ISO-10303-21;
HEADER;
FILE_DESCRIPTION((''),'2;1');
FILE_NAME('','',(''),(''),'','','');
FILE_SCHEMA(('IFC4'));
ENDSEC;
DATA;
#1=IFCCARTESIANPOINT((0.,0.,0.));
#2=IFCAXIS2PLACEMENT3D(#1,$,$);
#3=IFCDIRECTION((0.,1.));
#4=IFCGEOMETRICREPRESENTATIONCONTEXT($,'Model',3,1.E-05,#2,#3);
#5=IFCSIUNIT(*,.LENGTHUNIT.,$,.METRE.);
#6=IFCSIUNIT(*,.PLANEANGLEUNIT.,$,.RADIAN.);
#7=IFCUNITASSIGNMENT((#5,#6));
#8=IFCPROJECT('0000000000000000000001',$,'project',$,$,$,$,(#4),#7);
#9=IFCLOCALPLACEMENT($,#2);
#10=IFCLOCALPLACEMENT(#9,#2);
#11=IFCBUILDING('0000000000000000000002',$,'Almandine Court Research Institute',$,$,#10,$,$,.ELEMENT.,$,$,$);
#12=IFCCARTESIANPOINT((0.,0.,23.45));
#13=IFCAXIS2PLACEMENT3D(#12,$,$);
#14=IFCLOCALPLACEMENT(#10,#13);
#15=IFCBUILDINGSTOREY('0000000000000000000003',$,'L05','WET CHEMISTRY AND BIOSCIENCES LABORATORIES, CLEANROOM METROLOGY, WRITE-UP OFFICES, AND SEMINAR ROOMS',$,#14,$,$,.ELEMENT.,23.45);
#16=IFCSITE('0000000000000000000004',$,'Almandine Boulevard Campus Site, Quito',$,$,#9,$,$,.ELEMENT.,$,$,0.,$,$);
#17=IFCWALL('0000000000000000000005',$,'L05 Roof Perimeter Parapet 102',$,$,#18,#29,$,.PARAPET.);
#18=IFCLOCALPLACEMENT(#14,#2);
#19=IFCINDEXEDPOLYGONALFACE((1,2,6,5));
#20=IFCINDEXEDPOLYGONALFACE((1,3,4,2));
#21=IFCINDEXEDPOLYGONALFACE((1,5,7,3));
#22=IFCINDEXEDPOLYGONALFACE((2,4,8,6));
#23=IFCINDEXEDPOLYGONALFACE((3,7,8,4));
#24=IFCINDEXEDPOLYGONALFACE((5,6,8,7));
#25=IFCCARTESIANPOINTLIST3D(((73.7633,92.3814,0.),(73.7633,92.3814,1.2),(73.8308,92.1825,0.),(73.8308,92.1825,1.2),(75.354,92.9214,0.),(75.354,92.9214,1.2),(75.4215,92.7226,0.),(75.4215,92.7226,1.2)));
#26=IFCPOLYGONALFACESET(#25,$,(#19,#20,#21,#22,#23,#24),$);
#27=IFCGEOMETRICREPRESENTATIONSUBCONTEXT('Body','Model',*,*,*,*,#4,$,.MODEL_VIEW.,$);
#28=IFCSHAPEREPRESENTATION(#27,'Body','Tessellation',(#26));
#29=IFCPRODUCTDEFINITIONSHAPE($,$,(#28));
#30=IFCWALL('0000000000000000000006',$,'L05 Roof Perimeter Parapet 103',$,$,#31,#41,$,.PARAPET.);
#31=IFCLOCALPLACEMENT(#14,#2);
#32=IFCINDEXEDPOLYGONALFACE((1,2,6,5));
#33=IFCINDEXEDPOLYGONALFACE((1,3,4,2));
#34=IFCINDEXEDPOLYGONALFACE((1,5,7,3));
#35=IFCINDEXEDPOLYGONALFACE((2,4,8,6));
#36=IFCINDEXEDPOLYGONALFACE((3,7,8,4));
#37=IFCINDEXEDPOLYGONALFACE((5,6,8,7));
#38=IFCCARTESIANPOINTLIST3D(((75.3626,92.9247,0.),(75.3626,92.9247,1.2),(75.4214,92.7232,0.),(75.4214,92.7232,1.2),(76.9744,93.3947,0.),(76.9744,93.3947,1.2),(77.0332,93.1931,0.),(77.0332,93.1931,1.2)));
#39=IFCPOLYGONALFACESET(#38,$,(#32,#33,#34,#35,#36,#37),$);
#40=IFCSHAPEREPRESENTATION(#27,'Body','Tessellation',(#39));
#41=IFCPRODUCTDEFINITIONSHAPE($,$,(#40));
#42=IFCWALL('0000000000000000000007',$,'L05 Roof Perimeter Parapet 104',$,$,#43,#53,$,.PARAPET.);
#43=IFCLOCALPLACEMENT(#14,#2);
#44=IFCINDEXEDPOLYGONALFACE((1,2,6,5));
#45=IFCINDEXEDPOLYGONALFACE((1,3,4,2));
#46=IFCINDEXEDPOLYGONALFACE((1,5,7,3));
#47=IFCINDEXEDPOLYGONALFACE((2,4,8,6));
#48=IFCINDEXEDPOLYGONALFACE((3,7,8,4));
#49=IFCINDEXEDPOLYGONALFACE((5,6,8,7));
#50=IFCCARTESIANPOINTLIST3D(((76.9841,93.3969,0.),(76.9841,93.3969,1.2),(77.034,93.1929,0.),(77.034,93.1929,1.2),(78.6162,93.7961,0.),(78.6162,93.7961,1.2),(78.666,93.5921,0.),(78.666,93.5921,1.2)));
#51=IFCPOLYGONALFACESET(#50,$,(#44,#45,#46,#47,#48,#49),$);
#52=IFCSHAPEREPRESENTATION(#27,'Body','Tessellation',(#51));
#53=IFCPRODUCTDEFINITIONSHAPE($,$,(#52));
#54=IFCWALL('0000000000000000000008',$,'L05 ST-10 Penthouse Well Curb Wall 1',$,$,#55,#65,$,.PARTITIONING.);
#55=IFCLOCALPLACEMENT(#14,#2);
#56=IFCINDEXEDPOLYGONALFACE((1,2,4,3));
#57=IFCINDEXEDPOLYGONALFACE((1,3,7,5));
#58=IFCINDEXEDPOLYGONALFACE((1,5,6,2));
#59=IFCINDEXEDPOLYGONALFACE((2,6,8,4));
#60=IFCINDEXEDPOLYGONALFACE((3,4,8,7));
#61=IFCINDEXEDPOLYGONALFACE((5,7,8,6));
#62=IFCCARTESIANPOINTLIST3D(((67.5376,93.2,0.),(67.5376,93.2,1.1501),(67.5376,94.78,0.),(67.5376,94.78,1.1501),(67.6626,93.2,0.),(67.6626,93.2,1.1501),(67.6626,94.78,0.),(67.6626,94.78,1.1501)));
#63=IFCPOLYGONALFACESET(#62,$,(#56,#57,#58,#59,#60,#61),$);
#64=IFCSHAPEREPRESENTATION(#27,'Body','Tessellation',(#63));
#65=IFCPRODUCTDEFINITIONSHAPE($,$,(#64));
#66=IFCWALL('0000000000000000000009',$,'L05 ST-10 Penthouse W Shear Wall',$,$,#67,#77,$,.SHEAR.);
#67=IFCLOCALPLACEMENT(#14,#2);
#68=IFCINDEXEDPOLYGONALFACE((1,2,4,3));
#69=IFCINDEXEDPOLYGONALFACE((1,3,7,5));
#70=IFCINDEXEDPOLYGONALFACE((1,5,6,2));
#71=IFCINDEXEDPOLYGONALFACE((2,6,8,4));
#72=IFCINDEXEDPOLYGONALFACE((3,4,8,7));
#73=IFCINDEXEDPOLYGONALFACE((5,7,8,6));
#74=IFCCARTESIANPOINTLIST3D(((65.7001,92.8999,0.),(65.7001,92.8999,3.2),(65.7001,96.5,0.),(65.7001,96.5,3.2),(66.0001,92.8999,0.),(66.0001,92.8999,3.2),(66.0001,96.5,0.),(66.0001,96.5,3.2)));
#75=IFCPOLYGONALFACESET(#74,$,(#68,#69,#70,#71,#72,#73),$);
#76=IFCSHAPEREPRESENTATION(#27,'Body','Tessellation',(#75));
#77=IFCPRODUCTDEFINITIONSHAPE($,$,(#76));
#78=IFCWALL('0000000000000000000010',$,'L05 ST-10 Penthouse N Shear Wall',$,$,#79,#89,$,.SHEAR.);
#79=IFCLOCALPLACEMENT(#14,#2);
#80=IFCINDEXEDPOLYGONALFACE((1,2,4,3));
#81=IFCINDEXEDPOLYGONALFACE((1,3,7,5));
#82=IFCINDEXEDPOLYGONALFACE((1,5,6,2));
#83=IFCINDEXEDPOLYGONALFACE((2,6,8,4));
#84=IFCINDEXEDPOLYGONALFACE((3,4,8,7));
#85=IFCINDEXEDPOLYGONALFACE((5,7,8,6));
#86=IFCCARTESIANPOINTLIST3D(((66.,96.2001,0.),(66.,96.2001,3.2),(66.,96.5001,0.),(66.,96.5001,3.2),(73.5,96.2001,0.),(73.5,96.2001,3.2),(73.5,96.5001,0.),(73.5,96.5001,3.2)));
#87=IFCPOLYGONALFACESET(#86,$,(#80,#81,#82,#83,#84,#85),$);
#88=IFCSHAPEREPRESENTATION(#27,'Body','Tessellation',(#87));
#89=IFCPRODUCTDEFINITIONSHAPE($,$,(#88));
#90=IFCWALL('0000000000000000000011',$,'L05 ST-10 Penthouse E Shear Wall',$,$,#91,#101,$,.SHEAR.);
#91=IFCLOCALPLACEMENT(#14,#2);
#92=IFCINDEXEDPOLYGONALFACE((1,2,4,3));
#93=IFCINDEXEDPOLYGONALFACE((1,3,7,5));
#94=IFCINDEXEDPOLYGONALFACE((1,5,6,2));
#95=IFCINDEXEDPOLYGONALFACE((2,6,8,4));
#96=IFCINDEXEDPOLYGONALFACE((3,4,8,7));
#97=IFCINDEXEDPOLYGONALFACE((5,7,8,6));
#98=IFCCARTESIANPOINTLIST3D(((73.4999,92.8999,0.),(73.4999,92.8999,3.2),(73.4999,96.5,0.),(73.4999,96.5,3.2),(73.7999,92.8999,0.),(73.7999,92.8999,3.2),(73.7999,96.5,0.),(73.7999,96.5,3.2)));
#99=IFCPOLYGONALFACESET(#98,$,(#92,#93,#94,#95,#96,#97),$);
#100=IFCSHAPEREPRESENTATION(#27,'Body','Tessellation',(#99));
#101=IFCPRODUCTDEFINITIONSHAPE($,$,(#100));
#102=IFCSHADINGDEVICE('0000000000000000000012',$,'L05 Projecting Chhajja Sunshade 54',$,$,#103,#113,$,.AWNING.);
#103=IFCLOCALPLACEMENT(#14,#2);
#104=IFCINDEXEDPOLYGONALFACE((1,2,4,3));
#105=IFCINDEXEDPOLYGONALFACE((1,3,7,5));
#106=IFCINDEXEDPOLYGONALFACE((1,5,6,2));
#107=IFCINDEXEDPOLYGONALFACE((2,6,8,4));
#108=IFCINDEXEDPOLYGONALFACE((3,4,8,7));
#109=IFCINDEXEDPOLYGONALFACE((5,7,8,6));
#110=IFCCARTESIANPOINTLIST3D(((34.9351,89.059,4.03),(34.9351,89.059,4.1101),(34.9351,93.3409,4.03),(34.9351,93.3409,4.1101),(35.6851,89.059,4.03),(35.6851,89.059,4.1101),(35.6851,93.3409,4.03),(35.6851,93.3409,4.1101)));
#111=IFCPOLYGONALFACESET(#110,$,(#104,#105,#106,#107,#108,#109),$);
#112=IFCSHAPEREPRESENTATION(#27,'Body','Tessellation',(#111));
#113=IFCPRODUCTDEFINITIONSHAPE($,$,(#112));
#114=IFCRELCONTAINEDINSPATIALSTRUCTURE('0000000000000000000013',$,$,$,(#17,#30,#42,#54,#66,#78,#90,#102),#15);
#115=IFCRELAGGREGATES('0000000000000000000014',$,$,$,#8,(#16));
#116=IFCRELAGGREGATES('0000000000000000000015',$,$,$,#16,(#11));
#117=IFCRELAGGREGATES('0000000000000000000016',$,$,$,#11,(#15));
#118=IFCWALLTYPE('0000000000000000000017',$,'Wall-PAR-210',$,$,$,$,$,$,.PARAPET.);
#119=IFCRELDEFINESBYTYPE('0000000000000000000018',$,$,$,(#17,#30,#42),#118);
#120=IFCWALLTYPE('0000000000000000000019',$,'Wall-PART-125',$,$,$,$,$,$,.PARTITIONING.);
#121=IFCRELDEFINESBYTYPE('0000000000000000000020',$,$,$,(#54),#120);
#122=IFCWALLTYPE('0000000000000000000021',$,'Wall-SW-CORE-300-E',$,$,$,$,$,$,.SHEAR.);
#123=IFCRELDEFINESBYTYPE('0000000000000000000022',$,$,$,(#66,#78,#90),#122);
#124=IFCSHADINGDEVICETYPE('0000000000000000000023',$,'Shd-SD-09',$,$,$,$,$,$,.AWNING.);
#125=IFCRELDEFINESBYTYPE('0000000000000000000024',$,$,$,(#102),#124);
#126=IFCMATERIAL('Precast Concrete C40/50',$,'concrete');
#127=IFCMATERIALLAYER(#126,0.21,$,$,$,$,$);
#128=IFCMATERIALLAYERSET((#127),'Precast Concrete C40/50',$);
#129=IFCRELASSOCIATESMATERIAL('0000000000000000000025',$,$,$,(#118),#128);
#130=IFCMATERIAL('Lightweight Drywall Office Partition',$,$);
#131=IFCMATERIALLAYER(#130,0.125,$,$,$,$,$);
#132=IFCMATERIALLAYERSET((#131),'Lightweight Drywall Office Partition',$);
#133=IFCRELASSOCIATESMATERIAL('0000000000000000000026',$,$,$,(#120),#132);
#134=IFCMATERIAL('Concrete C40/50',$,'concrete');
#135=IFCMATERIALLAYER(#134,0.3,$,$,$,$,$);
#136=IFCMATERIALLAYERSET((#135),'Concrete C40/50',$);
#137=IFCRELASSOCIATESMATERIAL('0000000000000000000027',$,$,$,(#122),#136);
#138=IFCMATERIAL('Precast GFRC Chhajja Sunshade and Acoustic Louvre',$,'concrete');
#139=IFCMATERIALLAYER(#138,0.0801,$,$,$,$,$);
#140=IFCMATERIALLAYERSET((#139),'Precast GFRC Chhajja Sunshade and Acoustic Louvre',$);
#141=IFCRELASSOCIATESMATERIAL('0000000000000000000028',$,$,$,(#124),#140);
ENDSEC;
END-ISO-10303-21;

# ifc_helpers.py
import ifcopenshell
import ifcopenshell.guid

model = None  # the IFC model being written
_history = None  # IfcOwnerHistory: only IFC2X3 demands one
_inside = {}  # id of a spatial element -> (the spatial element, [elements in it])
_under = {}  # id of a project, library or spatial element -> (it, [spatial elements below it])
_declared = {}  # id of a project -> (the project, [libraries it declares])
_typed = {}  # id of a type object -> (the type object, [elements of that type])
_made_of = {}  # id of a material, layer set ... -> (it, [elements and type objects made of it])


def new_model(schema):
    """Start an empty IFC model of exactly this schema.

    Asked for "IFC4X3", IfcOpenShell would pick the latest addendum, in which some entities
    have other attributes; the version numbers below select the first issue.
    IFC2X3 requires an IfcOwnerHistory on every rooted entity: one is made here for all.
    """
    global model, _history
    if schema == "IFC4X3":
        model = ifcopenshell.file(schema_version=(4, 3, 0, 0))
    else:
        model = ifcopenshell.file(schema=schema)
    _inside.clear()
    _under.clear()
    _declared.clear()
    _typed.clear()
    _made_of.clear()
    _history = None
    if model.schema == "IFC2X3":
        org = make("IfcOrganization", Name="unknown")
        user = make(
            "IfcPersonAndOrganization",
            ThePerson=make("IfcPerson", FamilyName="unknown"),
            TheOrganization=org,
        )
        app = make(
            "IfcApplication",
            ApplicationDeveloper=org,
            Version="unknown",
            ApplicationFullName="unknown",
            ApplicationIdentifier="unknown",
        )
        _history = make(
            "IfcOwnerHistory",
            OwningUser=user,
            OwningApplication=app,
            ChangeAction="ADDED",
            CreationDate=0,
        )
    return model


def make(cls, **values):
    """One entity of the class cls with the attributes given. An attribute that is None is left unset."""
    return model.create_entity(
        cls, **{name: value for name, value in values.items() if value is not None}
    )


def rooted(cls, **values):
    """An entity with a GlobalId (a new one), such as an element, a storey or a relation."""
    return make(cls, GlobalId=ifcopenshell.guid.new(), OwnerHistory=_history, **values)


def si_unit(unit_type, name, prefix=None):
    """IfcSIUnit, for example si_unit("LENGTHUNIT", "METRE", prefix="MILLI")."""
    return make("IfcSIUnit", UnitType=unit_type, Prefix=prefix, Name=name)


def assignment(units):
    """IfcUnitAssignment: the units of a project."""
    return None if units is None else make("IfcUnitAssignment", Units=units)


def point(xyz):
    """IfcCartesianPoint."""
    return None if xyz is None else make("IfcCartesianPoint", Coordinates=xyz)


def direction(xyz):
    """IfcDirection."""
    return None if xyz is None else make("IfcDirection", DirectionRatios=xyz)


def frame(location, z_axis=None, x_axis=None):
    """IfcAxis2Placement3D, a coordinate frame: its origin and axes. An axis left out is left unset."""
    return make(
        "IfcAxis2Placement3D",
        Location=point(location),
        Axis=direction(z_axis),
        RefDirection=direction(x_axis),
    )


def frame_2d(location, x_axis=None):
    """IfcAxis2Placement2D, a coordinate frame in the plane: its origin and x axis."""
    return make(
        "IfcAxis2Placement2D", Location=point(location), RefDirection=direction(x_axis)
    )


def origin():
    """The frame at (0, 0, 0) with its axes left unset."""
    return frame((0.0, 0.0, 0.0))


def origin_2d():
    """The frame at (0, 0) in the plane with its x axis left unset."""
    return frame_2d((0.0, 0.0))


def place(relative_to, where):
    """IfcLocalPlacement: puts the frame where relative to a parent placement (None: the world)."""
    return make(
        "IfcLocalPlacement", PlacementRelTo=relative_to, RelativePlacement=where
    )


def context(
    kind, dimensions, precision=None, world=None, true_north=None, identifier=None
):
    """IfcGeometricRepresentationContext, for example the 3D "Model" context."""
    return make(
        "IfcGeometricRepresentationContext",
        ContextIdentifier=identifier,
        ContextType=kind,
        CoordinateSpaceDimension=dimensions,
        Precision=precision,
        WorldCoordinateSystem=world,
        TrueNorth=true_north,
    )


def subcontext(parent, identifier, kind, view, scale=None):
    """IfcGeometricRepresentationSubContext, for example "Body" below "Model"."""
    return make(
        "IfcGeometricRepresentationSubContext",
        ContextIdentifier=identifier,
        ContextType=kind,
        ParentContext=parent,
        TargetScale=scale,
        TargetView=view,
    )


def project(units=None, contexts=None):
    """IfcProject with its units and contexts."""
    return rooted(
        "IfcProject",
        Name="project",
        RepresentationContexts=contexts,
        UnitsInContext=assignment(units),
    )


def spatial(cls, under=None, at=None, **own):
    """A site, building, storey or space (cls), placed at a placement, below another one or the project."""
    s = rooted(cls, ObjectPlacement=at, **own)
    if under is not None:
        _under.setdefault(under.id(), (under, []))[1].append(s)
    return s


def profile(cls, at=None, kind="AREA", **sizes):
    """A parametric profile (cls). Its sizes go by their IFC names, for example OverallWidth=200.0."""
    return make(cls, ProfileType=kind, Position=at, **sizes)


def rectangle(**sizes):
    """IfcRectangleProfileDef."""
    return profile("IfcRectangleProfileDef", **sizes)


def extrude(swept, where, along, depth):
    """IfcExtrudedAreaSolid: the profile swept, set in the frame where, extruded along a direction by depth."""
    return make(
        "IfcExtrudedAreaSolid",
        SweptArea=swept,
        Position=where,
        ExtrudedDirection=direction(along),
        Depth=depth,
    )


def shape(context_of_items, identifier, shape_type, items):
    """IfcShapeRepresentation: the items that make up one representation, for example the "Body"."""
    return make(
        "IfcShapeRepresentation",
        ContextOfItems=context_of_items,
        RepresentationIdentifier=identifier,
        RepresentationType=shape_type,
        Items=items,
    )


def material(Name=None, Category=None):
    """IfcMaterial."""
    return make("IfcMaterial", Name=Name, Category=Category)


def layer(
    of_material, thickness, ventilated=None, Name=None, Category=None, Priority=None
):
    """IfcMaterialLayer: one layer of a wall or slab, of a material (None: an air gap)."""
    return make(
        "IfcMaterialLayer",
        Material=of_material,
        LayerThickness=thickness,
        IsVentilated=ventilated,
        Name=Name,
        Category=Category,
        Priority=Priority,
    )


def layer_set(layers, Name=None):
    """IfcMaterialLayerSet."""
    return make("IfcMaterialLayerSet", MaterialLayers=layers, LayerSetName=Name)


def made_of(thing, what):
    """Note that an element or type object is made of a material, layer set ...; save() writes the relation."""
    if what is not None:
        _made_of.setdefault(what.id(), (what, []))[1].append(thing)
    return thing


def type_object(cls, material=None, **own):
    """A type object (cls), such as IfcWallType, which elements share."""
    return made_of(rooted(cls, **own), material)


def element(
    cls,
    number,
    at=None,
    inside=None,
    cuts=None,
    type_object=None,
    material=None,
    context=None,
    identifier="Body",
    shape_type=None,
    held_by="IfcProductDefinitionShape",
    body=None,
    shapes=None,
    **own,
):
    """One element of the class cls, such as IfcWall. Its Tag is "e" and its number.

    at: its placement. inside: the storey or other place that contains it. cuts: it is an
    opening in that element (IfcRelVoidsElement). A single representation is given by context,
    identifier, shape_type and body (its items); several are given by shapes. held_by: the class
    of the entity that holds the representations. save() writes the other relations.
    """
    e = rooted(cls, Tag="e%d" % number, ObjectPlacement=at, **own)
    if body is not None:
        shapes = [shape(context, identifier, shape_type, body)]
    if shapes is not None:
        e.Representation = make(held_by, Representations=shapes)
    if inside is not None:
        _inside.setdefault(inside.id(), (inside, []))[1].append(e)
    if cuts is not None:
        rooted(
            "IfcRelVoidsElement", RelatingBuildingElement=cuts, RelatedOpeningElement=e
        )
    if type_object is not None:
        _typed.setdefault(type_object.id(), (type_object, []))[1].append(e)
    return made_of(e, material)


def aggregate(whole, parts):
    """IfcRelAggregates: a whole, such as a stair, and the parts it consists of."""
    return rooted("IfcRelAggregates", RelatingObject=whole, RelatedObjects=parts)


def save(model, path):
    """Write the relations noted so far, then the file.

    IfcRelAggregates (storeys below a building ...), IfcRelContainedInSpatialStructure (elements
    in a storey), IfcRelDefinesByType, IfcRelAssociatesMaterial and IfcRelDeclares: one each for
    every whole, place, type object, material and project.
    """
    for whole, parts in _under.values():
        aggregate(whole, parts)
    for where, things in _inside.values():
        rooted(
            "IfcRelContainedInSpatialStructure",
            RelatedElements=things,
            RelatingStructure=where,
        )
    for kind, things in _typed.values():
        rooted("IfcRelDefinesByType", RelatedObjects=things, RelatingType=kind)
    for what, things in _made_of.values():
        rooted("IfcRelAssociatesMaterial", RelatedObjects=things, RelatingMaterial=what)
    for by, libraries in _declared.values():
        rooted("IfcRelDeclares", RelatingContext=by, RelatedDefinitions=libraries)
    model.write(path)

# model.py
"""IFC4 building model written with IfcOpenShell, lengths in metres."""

from ifc_helpers import new_model, si_unit, direction, frame, frame_2d, origin, origin_2d, place, context, subcontext, project, spatial, rectangle, extrude, material, layer, layer_set, type_object, element, save


model = new_model("IFC4")

# Units and contexts
model_context = context("Model", 3, precision=1e-05, world=origin(), true_north=direction((0.0, 1.0)))
body_context = subcontext(model_context, "Body", "Model", "MODEL_VIEW")
ifc_project = project(units=[si_unit("LENGTHUNIT", "METRE"), si_unit("PLANEANGLEUNIT", "RADIAN")], contexts=[model_context])

# Site, building, storey
site_placement = place(None, origin())
site = spatial("IfcSite", under=ifc_project, at=site_placement, Name="Almandine Boulevard Campus Site, Quito", CompositionType="ELEMENT", RefElevation=0.0)
building_placement = place(site_placement, origin())
building = spatial("IfcBuilding", under=site, at=building_placement, Name="Almandine Court Research Institute", CompositionType="ELEMENT")
storey_placement = place(building_placement, frame((0.0, 0.0, 23.45)))
storey = spatial("IfcBuildingStorey", under=building, at=storey_placement, Name="L05", Description="WET CHEMISTRY AND BIOSCIENCES LABORATORIES, CLEANROOM METROLOGY, WRITE-UP OFFICES, AND SEMINAR ROOMS", CompositionType="ELEMENT", Elevation=23.45)

# Walls
ifc_material_1 = material(Name="Precast Concrete C40/50", Category="concrete")
ifc_layer_1 = layer(ifc_material_1, 0.21)
ifc_layer_set_1 = layer_set([ifc_layer_1], Name="Precast Concrete C40/50")
wall_type_1 = type_object("IfcWallType", Name="Wall-PAR-210", PredefinedType="PARAPET", material=ifc_layer_set_1)
wall_1_placement = place(storey_placement, frame((73.7971, 92.282, 0.0), z_axis=(0.0, 0.0, 1.0), x_axis=(0.946925, 0.321455, 0.0)))
element("IfcWall", 1, at=wall_1_placement, inside=storey, type_object=wall_type_1, Name="L05 Roof Perimeter Parapet 102", PredefinedType="PARAPET", context=body_context, shape_type="SweptSolid", body=[
    extrude(rectangle(XDim=1.6799, YDim=0.21, at=frame_2d((0.8398, 0.0))), origin(), (0.0, 0.0, 1.0), 1.2),
])
wall_2_placement = place(storey_placement, frame((75.3921, 92.824, 0.0), z_axis=(0.0, 0.0, 1.0), x_axis=(0.960023, 0.279922, 0.0)))
element("IfcWall", 2, at=wall_2_placement, inside=storey, type_object=wall_type_1, Name="L05 Roof Perimeter Parapet 103", PredefinedType="PARAPET", context=body_context, shape_type="SweptSolid", body=[
    extrude(rectangle(XDim=1.679, YDim=0.21, at=frame_2d((0.8394, 0.0))), origin(), (0.0, 0.0, 1.0), 1.2),
])
wall_3_placement = place(storey_placement, frame((77.009, 93.2949, 0.0), z_axis=(0.0, 0.0, 1.0), x_axis=(0.971369, 0.237575, 0.0)))
element("IfcWall", 3, at=wall_3_placement, inside=storey, type_object=wall_type_1, Name="L05 Roof Perimeter Parapet 104", PredefinedType="PARAPET", context=body_context, shape_type="SweptSolid", body=[
    extrude(rectangle(XDim=1.6802, YDim=0.21, at=frame_2d((0.8401, 0.0))), origin(), (0.0, 0.0, 1.0), 1.2),
])
ifc_material_2 = material(Name="Lightweight Drywall Office Partition")
ifc_layer_2 = layer(ifc_material_2, 0.125)
ifc_layer_set_2 = layer_set([ifc_layer_2], Name="Lightweight Drywall Office Partition")
wall_type_2 = type_object("IfcWallType", Name="Wall-PART-125", PredefinedType="PARTITIONING", material=ifc_layer_set_2)
wall_4_placement = place(storey_placement, frame((67.6001, 93.2, 0.0), z_axis=(0.0, 0.0, 1.0), x_axis=(0.0, 1.0, 0.0)))
element("IfcWall", 4, at=wall_4_placement, inside=storey, type_object=wall_type_2, Name="L05 ST-10 Penthouse Well Curb Wall 1", PredefinedType="PARTITIONING", context=body_context, shape_type="SweptSolid", body=[
    extrude(rectangle(XDim=1.5801, YDim=0.125, at=frame_2d((0.79, 0.0))), origin(), (0.0, 0.0, 1.0), 1.1501),
])
ifc_material_3 = material(Name="Concrete C40/50", Category="concrete")
ifc_layer_3 = layer(ifc_material_3, 0.3)
ifc_layer_set_3 = layer_set([ifc_layer_3], Name="Concrete C40/50")
wall_type_3 = type_object("IfcWallType", Name="Wall-SW-CORE-300-E", PredefinedType="SHEAR", material=ifc_layer_set_3)
wall_5_placement = place(storey_placement, frame((65.8501, 92.8999, 0.0), z_axis=(0.0, 0.0, 1.0), x_axis=(0.0, 1.0, 0.0)))
element("IfcWall", 5, at=wall_5_placement, inside=storey, type_object=wall_type_3, Name="L05 ST-10 Penthouse W Shear Wall", PredefinedType="SHEAR", context=body_context, shape_type="SweptSolid", body=[
    extrude(rectangle(XDim=3.6001, YDim=0.3, at=frame_2d((1.8, 0.0))), origin(), (0.0, 0.0, 1.0), 3.2),
])
wall_6_placement = place(storey_placement, frame((66.0, 96.3501, 0.0), z_axis=(0.0, 0.0, 1.0), x_axis=(1.0, 0.0, 0.0)))
element("IfcWall", 6, at=wall_6_placement, inside=storey, type_object=wall_type_3, Name="L05 ST-10 Penthouse N Shear Wall", PredefinedType="SHEAR", context=body_context, shape_type="SweptSolid", body=[
    extrude(rectangle(XDim=7.5, YDim=0.3, at=frame_2d((3.75, 0.0))), origin(), (0.0, 0.0, 1.0), 3.2),
])
wall_7_placement = place(storey_placement, frame((73.6499, 96.5, 0.0), z_axis=(0.0, 0.0, 1.0), x_axis=(0.0, -1.0, 0.0)))
element("IfcWall", 7, at=wall_7_placement, inside=storey, type_object=wall_type_3, Name="L05 ST-10 Penthouse E Shear Wall", PredefinedType="SHEAR", context=body_context, shape_type="SweptSolid", body=[
    extrude(rectangle(XDim=3.6001, YDim=0.3, at=frame_2d((1.8, 0.0))), origin(), (0.0, 0.0, 1.0), 3.2),
])

# Shading device
ifc_material_4 = material(Name="Precast GFRC Chhajja Sunshade and Acoustic Louvre", Category="concrete")
ifc_layer_4 = layer(ifc_material_4, 0.0801)
ifc_layer_set_4 = layer_set([ifc_layer_4], Name="Precast GFRC Chhajja Sunshade and Acoustic Louvre")
shading_device_type = type_object("IfcShadingDeviceType", Name="Shd-SD-09", PredefinedType="AWNING", material=ifc_layer_set_4)
shading_device_placement = place(storey_placement, frame((35.3101, 91.2, 4.03), z_axis=(0.0, 0.0, 1.0), x_axis=(0.0, -1.0, 0.0)))
element("IfcShadingDevice", 8, at=shading_device_placement, inside=storey, type_object=shading_device_type, Name="L05 Projecting Chhajja Sunshade 54", PredefinedType="AWNING", context=body_context, shape_type="SweptSolid", body=[
    extrude(rectangle(XDim=4.282, YDim=0.75, at=origin_2d()), origin(), (0.0, 0.0, 1.0), 0.0801),
])

save(model, "model.ifc")
